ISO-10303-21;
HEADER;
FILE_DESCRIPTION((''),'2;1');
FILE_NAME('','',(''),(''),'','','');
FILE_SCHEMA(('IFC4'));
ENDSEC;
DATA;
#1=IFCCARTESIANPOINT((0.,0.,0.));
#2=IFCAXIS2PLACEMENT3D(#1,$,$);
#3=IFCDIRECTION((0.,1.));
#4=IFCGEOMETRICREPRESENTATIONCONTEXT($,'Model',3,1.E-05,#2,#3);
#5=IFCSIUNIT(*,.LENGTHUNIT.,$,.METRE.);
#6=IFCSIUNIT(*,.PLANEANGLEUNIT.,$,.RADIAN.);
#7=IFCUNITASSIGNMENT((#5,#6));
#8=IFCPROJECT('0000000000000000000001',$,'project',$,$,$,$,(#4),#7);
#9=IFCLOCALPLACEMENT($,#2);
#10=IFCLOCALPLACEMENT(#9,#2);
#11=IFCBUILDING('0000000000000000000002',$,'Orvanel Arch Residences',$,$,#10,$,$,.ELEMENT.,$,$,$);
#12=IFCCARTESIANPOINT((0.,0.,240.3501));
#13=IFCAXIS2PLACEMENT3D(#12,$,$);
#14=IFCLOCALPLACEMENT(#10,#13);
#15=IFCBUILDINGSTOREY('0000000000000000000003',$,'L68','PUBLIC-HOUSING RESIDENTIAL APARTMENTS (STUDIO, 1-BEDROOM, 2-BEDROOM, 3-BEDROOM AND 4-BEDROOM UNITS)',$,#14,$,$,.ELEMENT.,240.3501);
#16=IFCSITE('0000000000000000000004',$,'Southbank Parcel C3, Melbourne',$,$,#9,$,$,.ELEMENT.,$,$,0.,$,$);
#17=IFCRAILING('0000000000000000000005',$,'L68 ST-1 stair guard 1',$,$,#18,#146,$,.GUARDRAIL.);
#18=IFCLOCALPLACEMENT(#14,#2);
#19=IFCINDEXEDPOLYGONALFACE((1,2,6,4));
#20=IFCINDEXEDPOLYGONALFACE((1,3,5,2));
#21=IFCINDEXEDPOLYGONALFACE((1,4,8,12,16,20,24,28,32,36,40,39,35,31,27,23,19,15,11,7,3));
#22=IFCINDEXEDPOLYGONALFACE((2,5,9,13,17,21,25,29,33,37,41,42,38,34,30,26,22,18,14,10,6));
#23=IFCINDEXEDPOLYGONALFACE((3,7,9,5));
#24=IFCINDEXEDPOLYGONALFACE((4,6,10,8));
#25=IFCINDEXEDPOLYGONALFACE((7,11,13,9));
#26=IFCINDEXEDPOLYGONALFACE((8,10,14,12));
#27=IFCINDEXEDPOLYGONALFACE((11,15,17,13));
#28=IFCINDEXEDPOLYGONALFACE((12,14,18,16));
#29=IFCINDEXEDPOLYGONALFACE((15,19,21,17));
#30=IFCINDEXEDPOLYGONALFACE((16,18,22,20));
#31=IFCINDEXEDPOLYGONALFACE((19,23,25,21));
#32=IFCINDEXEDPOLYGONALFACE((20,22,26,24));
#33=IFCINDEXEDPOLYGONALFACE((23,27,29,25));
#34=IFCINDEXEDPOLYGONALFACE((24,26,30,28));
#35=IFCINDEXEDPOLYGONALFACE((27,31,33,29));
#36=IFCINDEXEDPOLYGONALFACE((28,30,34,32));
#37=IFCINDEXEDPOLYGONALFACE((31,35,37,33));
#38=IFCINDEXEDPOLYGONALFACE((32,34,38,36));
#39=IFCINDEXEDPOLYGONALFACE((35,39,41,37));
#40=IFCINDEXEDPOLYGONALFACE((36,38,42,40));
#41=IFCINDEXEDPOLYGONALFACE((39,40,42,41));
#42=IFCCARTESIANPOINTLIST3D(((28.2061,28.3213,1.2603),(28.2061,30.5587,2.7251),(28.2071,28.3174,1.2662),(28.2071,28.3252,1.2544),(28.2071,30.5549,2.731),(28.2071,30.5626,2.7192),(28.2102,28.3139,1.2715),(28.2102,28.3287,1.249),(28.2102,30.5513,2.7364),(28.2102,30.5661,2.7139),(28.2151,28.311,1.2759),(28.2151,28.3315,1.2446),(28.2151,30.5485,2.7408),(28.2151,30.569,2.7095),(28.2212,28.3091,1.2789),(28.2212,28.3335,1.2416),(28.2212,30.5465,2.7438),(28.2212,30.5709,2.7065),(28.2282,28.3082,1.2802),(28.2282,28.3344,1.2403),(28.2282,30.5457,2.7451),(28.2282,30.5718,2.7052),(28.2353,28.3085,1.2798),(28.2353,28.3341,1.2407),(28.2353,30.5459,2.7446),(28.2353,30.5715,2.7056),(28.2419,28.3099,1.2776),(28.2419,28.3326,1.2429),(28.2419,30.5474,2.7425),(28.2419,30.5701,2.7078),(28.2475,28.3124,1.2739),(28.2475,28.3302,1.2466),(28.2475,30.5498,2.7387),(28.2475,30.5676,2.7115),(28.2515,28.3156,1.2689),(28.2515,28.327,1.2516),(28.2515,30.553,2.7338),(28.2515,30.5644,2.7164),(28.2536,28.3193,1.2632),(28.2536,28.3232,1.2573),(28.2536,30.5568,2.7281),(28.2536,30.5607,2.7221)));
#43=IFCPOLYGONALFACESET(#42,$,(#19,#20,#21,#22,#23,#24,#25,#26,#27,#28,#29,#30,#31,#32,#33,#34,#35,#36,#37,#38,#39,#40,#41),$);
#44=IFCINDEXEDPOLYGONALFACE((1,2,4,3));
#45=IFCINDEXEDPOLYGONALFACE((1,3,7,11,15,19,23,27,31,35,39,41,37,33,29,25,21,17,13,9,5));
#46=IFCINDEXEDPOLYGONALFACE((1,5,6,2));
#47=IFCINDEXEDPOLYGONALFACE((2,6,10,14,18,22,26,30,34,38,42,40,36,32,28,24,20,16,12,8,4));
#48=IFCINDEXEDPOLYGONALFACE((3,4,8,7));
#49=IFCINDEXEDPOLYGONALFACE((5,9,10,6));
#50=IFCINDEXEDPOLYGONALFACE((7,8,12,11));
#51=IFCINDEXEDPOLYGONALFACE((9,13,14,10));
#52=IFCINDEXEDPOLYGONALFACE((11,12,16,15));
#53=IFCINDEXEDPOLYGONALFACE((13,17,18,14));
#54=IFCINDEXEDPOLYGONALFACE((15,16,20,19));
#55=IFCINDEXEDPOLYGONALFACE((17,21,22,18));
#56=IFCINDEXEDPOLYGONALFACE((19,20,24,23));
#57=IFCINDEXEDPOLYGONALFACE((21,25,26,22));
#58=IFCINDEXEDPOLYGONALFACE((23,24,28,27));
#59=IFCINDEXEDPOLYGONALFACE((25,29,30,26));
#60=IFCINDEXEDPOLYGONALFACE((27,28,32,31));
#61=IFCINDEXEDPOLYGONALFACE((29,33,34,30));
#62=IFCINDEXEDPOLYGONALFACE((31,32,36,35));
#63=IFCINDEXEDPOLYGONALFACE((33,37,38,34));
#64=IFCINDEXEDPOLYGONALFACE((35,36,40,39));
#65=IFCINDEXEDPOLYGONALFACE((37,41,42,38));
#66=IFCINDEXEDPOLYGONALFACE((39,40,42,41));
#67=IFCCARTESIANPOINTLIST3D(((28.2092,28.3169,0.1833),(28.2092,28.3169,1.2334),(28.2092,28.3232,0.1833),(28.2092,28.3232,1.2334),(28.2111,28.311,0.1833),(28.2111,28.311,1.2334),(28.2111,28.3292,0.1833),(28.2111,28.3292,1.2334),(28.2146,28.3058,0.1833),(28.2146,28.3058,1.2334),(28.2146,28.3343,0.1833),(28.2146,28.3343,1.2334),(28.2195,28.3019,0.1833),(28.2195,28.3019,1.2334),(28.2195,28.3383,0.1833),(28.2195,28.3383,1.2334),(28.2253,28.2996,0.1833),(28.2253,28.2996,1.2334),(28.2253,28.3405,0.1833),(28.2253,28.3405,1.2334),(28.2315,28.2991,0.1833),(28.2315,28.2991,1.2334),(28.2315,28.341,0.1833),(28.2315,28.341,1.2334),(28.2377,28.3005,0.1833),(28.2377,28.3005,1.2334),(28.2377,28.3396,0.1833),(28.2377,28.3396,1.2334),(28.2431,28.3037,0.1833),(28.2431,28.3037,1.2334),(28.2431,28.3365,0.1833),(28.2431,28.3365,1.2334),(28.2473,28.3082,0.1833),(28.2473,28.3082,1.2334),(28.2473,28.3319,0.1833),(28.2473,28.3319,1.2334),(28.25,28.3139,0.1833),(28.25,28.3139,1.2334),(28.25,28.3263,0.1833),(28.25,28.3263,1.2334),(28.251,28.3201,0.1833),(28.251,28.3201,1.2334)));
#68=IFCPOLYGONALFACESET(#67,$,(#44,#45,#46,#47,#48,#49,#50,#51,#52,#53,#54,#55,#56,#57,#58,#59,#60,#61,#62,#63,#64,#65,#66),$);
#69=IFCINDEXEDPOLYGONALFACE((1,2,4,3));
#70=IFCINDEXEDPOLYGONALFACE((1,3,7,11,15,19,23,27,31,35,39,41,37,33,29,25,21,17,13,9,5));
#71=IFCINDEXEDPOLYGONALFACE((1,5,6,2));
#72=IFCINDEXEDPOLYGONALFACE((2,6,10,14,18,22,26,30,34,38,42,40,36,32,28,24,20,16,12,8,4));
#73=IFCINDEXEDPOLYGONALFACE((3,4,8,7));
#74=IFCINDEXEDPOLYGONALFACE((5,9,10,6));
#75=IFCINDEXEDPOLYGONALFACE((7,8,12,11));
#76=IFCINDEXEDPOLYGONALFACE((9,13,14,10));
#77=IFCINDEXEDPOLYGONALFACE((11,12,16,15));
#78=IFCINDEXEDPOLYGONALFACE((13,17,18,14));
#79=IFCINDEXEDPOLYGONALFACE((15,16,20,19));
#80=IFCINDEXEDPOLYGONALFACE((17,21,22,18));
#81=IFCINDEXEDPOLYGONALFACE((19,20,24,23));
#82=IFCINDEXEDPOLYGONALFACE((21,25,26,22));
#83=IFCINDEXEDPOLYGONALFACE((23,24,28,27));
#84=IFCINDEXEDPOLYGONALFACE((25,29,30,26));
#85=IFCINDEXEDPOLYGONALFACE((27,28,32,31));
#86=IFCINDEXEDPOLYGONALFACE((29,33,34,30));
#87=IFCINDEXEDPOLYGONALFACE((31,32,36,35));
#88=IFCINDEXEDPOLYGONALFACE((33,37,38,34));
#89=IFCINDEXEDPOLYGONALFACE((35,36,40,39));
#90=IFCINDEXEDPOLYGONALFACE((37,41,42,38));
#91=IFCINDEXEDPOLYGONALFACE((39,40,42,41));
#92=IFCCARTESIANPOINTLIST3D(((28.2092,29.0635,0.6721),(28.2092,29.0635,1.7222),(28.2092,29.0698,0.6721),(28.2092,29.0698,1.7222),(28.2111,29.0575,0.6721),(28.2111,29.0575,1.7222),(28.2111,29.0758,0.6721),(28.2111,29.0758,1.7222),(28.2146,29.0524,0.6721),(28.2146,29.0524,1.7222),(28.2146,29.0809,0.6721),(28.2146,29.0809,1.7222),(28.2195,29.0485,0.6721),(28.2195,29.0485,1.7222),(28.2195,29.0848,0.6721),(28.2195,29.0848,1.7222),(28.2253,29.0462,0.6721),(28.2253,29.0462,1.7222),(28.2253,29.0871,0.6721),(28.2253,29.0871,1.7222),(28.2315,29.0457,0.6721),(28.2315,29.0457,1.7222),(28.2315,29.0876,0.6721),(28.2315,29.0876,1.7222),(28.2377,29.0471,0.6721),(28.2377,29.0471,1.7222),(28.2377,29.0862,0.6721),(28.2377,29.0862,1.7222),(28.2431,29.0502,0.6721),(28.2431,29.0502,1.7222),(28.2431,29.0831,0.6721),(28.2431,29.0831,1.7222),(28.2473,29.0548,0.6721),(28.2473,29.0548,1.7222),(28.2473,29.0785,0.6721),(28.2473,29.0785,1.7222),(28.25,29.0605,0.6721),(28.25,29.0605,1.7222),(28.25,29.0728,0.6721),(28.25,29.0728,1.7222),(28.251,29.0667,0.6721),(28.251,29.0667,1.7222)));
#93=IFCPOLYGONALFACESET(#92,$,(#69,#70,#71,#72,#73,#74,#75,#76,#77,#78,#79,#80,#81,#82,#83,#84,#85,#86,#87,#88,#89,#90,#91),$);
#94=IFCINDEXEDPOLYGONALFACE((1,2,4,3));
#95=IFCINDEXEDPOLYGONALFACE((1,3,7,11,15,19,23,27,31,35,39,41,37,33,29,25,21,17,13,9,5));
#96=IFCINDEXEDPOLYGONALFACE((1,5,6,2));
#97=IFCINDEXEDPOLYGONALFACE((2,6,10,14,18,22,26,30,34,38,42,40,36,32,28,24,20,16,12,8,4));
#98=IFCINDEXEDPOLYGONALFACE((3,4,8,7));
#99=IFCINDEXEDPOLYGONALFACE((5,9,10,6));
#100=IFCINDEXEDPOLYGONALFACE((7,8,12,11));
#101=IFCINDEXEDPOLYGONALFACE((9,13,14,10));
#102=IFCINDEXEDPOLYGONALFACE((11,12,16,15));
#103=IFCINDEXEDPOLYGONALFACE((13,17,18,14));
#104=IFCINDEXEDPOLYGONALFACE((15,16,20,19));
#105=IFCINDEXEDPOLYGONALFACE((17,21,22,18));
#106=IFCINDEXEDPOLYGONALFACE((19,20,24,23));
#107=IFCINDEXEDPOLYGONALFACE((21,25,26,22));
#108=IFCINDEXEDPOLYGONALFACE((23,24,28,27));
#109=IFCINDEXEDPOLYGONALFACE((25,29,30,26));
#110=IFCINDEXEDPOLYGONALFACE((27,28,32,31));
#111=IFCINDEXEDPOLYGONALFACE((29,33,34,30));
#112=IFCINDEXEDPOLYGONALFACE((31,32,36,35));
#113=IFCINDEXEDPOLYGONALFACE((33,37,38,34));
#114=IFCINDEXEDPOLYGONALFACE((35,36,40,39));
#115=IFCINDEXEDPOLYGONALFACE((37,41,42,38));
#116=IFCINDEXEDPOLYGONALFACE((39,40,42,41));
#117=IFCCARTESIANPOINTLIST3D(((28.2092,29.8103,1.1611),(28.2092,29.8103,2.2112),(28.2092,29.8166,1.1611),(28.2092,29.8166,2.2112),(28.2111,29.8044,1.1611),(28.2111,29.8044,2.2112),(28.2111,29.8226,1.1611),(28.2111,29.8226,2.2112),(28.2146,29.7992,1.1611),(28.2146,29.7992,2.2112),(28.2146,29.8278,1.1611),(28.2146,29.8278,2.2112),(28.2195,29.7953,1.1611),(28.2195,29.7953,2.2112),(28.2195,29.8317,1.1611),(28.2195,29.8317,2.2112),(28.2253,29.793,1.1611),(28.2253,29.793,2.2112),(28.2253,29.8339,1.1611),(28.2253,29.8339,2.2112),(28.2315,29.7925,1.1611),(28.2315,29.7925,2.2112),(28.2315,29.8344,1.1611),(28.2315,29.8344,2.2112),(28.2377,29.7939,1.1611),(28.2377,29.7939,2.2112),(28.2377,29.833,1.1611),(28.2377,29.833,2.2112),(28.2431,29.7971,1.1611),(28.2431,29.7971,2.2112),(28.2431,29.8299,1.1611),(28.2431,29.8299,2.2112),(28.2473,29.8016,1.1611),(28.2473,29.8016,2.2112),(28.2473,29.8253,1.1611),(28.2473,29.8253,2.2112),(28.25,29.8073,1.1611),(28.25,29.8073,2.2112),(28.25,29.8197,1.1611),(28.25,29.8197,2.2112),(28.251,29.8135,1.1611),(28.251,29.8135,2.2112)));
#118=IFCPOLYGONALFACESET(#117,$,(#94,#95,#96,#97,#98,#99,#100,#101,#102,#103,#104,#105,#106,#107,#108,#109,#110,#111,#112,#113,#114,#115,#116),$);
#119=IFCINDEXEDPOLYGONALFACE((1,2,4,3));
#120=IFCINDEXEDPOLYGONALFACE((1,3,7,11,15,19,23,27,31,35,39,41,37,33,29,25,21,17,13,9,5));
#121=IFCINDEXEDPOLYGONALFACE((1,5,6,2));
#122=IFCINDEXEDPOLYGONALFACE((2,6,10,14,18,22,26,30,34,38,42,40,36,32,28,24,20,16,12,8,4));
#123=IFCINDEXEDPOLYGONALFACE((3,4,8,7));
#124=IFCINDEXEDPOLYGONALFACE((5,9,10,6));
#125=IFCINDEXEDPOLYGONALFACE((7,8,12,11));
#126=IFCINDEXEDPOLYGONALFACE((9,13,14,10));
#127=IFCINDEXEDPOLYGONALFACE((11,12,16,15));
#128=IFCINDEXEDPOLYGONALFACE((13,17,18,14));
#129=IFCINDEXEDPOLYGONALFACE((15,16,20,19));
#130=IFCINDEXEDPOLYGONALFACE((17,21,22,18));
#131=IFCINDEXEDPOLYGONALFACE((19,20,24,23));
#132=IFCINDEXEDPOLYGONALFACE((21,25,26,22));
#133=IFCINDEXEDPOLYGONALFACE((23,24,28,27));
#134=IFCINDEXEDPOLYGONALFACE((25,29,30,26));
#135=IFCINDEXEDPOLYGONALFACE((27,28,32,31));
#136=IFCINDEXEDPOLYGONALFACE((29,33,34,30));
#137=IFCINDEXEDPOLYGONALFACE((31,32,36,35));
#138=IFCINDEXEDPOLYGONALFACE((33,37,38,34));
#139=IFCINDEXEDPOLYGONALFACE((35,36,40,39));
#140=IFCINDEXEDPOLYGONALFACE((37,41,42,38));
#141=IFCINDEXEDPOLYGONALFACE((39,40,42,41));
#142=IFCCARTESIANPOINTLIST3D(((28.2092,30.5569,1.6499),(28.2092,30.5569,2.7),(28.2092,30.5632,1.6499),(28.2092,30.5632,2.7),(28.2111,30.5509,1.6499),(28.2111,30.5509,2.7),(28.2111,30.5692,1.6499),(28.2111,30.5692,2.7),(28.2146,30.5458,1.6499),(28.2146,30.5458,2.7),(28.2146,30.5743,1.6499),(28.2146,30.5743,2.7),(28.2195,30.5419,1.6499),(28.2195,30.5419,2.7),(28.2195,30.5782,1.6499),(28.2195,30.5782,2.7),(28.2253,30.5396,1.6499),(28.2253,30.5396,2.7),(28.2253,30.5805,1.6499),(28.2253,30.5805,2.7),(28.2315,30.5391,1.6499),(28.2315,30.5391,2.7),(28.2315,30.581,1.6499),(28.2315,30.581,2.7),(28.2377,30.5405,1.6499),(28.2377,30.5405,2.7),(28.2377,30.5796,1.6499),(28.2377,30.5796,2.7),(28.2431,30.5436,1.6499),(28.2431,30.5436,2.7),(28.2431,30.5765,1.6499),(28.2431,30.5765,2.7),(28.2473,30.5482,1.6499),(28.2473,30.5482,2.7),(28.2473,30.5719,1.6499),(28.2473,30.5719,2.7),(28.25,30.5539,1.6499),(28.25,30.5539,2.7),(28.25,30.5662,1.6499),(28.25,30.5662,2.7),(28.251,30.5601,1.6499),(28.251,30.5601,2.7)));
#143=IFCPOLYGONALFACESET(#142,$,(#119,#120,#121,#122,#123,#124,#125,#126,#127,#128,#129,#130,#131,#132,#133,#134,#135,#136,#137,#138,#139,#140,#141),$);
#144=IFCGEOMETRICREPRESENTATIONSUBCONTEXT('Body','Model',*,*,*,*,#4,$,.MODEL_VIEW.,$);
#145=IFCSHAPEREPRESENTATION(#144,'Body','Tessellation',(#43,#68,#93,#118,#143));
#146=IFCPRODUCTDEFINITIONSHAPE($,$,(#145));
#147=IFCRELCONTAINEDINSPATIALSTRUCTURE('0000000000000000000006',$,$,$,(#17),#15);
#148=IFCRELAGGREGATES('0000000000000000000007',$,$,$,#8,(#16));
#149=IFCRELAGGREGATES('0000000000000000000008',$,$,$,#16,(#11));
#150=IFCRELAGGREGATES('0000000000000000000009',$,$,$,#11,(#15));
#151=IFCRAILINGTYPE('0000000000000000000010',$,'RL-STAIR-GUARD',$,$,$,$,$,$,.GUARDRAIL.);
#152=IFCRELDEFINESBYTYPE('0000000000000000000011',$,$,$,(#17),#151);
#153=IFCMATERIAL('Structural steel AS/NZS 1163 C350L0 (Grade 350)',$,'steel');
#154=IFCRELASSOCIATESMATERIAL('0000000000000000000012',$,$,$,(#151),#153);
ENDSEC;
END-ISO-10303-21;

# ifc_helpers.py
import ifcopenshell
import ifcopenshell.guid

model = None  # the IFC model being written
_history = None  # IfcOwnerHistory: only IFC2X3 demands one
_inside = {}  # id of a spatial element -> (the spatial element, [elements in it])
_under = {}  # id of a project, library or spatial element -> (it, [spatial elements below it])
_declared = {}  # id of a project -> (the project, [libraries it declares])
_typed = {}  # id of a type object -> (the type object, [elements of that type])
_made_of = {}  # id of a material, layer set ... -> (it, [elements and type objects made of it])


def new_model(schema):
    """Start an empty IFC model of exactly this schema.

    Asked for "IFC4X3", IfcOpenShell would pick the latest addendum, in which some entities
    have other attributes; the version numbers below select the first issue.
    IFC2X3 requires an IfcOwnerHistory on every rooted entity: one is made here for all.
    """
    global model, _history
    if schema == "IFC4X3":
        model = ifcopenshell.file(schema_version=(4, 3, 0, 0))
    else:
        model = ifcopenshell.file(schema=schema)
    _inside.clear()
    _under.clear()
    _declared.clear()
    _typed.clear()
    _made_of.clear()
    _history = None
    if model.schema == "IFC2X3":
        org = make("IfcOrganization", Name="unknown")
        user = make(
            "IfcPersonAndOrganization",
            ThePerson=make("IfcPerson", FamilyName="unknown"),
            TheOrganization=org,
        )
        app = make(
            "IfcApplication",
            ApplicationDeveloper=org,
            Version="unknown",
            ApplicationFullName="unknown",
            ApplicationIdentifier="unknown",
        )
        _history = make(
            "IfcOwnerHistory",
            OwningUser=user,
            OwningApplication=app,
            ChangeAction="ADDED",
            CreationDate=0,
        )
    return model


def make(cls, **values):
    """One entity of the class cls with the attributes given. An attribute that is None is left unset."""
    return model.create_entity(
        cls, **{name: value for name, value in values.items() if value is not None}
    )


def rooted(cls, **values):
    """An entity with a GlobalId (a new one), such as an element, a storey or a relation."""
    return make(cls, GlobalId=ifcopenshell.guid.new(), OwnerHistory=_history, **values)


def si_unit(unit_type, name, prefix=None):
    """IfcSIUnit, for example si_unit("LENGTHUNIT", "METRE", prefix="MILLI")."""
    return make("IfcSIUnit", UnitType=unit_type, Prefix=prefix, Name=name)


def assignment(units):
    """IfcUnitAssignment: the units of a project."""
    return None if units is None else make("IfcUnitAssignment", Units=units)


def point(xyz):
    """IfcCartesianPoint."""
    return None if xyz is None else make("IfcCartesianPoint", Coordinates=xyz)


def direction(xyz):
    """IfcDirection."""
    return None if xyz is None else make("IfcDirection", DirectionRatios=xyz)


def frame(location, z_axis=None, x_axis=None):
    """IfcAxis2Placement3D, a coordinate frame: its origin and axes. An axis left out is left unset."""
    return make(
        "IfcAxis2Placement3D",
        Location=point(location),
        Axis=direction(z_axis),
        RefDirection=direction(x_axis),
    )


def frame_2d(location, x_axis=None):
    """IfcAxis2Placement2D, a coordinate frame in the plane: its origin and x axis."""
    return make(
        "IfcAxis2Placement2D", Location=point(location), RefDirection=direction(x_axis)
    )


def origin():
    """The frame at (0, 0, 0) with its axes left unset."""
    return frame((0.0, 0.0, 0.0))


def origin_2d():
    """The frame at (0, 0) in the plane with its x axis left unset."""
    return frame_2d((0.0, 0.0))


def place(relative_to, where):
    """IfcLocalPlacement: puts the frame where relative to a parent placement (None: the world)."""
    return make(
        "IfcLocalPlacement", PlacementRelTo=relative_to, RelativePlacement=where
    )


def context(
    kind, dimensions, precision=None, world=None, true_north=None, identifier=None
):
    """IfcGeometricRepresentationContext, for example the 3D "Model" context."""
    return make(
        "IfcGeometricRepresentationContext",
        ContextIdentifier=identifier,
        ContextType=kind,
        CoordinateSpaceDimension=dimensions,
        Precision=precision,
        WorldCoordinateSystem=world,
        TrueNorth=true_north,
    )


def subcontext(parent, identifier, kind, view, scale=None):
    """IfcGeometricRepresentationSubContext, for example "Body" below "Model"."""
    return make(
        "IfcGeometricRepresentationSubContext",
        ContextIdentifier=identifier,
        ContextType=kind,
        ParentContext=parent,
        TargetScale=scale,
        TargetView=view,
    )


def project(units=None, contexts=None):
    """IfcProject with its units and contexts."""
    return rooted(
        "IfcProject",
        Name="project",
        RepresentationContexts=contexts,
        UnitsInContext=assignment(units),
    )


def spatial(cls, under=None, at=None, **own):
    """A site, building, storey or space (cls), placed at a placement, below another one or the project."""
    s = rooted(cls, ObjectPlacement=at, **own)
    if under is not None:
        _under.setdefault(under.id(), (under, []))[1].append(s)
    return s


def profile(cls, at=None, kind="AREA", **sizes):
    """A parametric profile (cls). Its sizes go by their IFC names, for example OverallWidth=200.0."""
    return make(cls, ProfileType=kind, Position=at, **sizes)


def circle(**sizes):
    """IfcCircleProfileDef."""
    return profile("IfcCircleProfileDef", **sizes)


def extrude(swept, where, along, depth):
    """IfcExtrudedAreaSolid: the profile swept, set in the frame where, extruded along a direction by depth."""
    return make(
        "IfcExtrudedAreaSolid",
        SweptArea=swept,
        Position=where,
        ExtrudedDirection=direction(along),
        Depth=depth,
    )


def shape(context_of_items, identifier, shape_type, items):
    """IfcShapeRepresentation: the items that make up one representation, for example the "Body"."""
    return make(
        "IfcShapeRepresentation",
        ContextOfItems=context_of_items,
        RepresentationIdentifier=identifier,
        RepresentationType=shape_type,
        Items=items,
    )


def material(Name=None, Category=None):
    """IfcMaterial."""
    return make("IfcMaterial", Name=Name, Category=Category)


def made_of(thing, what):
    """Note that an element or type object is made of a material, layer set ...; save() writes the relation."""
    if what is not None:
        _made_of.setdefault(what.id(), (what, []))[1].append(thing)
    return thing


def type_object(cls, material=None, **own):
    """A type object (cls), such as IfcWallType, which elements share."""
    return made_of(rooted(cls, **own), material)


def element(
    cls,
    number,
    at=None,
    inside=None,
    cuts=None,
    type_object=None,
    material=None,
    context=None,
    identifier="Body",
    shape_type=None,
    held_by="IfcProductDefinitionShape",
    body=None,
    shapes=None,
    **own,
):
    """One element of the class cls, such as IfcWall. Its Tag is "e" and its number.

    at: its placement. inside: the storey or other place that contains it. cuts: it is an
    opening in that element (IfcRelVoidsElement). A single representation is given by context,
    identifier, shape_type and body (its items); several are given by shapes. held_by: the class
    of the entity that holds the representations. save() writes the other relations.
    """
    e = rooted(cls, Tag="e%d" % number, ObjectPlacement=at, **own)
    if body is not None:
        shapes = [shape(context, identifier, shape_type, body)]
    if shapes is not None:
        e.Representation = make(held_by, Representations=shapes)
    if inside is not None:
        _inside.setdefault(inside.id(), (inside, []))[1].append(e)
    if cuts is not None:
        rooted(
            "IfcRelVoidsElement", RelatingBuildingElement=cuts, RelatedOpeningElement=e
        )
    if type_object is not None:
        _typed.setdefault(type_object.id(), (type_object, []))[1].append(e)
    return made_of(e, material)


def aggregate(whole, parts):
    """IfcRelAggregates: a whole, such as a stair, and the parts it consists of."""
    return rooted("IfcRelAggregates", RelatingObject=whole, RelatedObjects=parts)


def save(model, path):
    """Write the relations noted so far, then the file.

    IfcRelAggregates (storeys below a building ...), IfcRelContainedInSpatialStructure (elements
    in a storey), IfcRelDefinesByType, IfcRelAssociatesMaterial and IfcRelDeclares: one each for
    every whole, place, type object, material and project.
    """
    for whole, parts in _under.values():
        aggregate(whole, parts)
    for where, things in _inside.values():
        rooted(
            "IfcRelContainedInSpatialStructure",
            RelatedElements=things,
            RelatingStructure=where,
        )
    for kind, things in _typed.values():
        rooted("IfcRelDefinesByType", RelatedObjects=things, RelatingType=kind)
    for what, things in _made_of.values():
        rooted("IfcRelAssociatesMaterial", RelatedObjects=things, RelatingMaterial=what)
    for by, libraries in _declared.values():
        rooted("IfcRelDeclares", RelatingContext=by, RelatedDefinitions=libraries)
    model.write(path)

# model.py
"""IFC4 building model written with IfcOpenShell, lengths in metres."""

from ifc_helpers import new_model, si_unit, direction, frame, origin, origin_2d, place, context, subcontext, project, spatial, circle, extrude, material, type_object, element, save


model = new_model("IFC4")

# Units and contexts
model_context = context("Model", 3, precision=1e-05, world=origin(), true_north=direction((0.0, 1.0)))
body_context = subcontext(model_context, "Body", "Model", "MODEL_VIEW")
ifc_project = project(units=[si_unit("LENGTHUNIT", "METRE"), si_unit("PLANEANGLEUNIT", "RADIAN")], contexts=[model_context])

# Site, building, storey
site_placement = place(None, origin())
site = spatial("IfcSite", under=ifc_project, at=site_placement, Name="Southbank Parcel C3, Melbourne", CompositionType="ELEMENT", RefElevation=0.0)
building_placement = place(site_placement, origin())
building = spatial("IfcBuilding", under=site, at=building_placement, Name="Orvanel Arch Residences", CompositionType="ELEMENT")
storey_placement = place(building_placement, frame((0.0, 0.0, 240.3501)))
storey = spatial("IfcBuildingStorey", under=building, at=storey_placement, Name="L68", Description="PUBLIC-HOUSING RESIDENTIAL APARTMENTS (STUDIO, 1-BEDROOM, 2-BEDROOM, 3-BEDROOM AND 4-BEDROOM UNITS)", CompositionType="ELEMENT", Elevation=240.3501)

# Railing
ifc_material_1 = material(Name="Structural steel AS/NZS 1163 C350L0 (Grade 350)", Category="steel")
railing_type_1 = type_object("IfcRailingType", Name="RL-STAIR-GUARD", PredefinedType="GUARDRAIL", material=ifc_material_1)
railing_1_placement = place(storey_placement, frame((28.23, 28.3201, 0.1833)))
element("IfcRailing", 1, at=railing_1_placement, inside=storey, type_object=railing_type_1, Name="L68 ST-1 stair guard 1", PredefinedType="GUARDRAIL", context=body_context, shape_type="SweptSolid", body=[
    extrude(circle(Radius=0.0239, at=origin_2d()), frame((0.0, 0.0012, 1.0769), z_axis=(0.0, 0.836637, 0.547758), x_axis=(-1.0, 0.0, 0.0)), (0.0, 0.0, 1.0), 2.6743),
    extrude(circle(Radius=0.021, at=origin_2d()), origin(), (0.0, 0.0, 1.0), 1.05),
    extrude(circle(Radius=0.021, at=origin_2d()), frame((0.0, 0.7466, 0.4888)), (0.0, 0.0, 1.0), 1.05),
    extrude(circle(Radius=0.021, at=origin_2d()), frame((0.0, 1.4934, 0.9778)), (0.0, 0.0, 1.0), 1.05),
    extrude(circle(Radius=0.021, at=origin_2d()), frame((0.0, 2.24, 1.4666)), (0.0, 0.0, 1.0), 1.05),
])

save(model, "model.ifc")
